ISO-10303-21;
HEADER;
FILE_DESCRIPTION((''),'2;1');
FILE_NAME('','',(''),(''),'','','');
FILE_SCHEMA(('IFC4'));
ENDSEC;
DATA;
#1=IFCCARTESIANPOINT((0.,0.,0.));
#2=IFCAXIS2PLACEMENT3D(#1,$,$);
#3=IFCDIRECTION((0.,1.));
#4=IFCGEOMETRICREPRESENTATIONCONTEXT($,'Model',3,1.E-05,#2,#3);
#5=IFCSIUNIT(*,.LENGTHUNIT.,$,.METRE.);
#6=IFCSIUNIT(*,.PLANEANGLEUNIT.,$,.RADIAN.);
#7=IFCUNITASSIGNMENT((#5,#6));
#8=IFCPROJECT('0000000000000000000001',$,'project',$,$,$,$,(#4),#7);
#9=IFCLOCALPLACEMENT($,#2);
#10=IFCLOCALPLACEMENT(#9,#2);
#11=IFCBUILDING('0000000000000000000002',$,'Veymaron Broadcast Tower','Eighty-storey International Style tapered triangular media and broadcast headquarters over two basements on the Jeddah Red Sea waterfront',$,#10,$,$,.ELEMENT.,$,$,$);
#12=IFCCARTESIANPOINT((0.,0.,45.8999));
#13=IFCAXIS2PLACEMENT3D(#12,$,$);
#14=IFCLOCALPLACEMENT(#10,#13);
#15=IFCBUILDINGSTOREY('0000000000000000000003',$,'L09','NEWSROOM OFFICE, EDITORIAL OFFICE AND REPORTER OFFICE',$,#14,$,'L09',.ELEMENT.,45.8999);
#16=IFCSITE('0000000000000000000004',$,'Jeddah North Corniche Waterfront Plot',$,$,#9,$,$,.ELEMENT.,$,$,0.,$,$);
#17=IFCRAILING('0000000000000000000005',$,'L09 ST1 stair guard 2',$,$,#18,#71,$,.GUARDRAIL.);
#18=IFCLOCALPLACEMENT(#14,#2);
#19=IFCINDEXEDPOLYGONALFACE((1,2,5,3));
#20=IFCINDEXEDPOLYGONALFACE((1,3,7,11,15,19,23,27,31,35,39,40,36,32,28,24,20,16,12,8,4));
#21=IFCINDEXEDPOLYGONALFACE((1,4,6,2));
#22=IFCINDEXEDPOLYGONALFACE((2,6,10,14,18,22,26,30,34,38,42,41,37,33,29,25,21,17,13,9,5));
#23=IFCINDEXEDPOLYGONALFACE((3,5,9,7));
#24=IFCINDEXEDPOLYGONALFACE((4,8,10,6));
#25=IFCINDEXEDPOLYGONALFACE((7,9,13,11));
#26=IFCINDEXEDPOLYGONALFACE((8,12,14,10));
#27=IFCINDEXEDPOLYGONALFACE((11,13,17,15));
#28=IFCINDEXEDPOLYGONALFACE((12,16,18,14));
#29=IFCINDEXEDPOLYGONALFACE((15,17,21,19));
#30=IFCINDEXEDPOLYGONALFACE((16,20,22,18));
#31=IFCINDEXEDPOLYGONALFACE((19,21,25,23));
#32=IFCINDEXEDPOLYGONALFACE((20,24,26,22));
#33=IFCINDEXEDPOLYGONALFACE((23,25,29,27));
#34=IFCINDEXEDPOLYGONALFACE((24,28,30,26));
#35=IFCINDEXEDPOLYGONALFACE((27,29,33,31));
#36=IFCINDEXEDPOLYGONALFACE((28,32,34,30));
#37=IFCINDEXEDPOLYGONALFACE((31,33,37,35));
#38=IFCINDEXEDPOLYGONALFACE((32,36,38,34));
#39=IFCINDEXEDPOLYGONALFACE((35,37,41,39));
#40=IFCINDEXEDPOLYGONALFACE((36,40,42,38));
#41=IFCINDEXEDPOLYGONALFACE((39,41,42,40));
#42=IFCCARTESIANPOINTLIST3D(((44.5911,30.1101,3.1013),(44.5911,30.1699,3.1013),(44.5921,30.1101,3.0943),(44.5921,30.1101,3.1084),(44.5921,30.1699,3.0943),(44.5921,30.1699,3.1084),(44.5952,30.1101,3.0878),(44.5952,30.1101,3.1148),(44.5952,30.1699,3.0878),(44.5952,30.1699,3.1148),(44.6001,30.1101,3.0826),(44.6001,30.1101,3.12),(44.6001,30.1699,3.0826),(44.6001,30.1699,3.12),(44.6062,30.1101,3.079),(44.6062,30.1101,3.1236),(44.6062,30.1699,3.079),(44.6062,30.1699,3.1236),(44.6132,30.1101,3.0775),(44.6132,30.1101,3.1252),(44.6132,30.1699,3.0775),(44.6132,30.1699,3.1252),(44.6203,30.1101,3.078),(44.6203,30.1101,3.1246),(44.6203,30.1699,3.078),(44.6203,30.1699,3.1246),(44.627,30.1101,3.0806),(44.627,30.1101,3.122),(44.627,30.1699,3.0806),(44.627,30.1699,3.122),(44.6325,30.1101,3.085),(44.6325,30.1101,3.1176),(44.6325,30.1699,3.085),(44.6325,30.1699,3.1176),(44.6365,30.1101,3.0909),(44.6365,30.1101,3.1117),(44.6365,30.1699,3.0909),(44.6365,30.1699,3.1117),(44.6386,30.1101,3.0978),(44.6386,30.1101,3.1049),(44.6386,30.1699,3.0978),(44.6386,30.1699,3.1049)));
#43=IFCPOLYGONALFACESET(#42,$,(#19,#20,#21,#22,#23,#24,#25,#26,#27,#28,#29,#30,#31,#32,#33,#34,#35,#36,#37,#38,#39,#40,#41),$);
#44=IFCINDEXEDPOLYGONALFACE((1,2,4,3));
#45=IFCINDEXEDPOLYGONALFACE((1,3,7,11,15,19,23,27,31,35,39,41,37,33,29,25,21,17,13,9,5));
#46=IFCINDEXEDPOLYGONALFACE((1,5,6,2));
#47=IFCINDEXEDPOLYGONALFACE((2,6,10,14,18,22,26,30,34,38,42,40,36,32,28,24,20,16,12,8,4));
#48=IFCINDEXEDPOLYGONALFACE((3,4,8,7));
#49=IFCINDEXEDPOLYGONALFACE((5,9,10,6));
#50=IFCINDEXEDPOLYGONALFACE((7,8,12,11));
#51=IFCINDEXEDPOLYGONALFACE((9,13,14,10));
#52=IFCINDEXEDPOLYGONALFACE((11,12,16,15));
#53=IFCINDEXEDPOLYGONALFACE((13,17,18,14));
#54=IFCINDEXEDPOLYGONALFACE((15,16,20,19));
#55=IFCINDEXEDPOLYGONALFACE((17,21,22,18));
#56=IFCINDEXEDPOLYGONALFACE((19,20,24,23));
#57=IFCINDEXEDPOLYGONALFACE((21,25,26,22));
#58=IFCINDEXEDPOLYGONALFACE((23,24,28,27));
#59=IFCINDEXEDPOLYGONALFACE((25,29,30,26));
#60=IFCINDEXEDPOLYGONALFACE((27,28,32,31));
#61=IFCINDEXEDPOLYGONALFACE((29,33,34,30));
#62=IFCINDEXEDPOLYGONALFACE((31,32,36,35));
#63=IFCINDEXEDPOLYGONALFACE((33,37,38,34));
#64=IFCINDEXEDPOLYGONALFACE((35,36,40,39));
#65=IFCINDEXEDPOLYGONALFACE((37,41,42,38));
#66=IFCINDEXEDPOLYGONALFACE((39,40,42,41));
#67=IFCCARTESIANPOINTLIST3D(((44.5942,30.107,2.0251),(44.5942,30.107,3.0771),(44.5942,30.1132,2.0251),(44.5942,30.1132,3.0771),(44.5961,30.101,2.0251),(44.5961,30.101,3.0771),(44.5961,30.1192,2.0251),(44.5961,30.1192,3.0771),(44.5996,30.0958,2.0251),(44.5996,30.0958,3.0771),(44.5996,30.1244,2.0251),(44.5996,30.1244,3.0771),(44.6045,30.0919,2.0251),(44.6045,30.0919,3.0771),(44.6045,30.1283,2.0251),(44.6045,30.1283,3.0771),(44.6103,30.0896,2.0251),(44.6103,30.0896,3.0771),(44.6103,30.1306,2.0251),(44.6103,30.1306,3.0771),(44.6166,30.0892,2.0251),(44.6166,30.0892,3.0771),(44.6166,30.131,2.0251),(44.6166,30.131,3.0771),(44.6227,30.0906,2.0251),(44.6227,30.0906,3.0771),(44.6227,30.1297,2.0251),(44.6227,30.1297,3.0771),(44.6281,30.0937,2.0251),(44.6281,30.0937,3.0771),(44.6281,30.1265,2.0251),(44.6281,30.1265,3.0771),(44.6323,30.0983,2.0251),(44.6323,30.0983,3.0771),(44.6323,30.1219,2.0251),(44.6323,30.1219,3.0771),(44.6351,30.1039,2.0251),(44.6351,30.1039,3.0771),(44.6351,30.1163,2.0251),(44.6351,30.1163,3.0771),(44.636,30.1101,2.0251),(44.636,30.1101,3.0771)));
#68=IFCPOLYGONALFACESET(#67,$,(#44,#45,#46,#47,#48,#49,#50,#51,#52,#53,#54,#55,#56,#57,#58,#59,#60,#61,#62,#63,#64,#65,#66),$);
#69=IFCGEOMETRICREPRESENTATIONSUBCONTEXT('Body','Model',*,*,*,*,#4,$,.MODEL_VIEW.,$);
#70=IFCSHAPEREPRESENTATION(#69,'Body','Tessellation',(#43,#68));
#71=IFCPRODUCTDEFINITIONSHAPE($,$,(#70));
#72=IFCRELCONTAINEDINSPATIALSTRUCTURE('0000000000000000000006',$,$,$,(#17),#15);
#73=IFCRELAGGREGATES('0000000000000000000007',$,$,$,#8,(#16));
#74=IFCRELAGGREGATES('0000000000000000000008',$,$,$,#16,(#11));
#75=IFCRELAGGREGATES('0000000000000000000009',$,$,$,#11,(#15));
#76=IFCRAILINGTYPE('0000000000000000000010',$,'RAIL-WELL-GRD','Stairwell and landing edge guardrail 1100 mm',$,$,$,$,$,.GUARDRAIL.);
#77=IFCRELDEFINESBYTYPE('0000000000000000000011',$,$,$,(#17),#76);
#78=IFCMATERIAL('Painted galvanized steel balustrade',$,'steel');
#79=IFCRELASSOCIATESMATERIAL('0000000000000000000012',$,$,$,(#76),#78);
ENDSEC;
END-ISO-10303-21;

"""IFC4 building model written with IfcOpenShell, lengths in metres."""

from ifc_helpers import new_model, si_unit, direction, frame, origin, origin_2d, place, context, subcontext, project, spatial, circle, extrude, material, type_object, element, save


model = new_model("IFC4")

# Units and contexts
model_context = context("Model", 3, precision=1e-05, world=origin(), true_north=direction((0.0, 1.0)))
body_context = subcontext(model_context, "Body", "Model", "MODEL_VIEW")
ifc_project = project(units=[si_unit("LENGTHUNIT", "METRE"), si_unit("PLANEANGLEUNIT", "RADIAN")], contexts=[model_context])

# Site, building, storey
site_placement = place(None, origin())
site = spatial("IfcSite", under=ifc_project, at=site_placement, Name="Jeddah North Corniche Waterfront Plot", CompositionType="ELEMENT", RefElevation=0.0)
building_placement = place(site_placement, origin())
building = spatial("IfcBuilding", under=site, at=building_placement, Name="Veymaron Broadcast Tower", Description="Eighty-storey International Style tapered triangular media and broadcast headquarters over two basements on the Jeddah Red Sea waterfront", CompositionType="ELEMENT")
storey_placement = place(building_placement, frame((0.0, 0.0, 45.8999)))
storey = spatial("IfcBuildingStorey", under=building, at=storey_placement, Name="L09", Description="NEWSROOM OFFICE, EDITORIAL OFFICE AND REPORTER OFFICE", LongName="L09", CompositionType="ELEMENT", Elevation=45.8999)

# Railing
ifc_material_1 = material(Name="Painted galvanized steel balustrade", Category="steel")
railing_type_1 = type_object("IfcRailingType", Name="RAIL-WELL-GRD", Description="Stairwell and landing edge guardrail 1100 mm", PredefinedType="GUARDRAIL", material=ifc_material_1)
railing_1_placement = place(storey_placement, frame((44.615, 30.1101, 2.0251)))
element("IfcRailing", 1, at=railing_1_placement, inside=storey, type_object=railing_type_1, Name="L09 ST1 stair guard 2", PredefinedType="GUARDRAIL", context=body_context, shape_type="SweptSolid", body=[
    extrude(circle(Radius=0.0239, at=origin_2d()), frame((0.0, 0.0, 1.0762), z_axis=(0.0, 1.0, 0.0), x_axis=(-1.0, 0.0, 0.0)), (0.0, 0.0, 1.0), 0.0598),
    extrude(circle(Radius=0.021, at=origin_2d()), origin(), (0.0, 0.0, 1.0), 1.052),
])

save(model, "model.ifc")
